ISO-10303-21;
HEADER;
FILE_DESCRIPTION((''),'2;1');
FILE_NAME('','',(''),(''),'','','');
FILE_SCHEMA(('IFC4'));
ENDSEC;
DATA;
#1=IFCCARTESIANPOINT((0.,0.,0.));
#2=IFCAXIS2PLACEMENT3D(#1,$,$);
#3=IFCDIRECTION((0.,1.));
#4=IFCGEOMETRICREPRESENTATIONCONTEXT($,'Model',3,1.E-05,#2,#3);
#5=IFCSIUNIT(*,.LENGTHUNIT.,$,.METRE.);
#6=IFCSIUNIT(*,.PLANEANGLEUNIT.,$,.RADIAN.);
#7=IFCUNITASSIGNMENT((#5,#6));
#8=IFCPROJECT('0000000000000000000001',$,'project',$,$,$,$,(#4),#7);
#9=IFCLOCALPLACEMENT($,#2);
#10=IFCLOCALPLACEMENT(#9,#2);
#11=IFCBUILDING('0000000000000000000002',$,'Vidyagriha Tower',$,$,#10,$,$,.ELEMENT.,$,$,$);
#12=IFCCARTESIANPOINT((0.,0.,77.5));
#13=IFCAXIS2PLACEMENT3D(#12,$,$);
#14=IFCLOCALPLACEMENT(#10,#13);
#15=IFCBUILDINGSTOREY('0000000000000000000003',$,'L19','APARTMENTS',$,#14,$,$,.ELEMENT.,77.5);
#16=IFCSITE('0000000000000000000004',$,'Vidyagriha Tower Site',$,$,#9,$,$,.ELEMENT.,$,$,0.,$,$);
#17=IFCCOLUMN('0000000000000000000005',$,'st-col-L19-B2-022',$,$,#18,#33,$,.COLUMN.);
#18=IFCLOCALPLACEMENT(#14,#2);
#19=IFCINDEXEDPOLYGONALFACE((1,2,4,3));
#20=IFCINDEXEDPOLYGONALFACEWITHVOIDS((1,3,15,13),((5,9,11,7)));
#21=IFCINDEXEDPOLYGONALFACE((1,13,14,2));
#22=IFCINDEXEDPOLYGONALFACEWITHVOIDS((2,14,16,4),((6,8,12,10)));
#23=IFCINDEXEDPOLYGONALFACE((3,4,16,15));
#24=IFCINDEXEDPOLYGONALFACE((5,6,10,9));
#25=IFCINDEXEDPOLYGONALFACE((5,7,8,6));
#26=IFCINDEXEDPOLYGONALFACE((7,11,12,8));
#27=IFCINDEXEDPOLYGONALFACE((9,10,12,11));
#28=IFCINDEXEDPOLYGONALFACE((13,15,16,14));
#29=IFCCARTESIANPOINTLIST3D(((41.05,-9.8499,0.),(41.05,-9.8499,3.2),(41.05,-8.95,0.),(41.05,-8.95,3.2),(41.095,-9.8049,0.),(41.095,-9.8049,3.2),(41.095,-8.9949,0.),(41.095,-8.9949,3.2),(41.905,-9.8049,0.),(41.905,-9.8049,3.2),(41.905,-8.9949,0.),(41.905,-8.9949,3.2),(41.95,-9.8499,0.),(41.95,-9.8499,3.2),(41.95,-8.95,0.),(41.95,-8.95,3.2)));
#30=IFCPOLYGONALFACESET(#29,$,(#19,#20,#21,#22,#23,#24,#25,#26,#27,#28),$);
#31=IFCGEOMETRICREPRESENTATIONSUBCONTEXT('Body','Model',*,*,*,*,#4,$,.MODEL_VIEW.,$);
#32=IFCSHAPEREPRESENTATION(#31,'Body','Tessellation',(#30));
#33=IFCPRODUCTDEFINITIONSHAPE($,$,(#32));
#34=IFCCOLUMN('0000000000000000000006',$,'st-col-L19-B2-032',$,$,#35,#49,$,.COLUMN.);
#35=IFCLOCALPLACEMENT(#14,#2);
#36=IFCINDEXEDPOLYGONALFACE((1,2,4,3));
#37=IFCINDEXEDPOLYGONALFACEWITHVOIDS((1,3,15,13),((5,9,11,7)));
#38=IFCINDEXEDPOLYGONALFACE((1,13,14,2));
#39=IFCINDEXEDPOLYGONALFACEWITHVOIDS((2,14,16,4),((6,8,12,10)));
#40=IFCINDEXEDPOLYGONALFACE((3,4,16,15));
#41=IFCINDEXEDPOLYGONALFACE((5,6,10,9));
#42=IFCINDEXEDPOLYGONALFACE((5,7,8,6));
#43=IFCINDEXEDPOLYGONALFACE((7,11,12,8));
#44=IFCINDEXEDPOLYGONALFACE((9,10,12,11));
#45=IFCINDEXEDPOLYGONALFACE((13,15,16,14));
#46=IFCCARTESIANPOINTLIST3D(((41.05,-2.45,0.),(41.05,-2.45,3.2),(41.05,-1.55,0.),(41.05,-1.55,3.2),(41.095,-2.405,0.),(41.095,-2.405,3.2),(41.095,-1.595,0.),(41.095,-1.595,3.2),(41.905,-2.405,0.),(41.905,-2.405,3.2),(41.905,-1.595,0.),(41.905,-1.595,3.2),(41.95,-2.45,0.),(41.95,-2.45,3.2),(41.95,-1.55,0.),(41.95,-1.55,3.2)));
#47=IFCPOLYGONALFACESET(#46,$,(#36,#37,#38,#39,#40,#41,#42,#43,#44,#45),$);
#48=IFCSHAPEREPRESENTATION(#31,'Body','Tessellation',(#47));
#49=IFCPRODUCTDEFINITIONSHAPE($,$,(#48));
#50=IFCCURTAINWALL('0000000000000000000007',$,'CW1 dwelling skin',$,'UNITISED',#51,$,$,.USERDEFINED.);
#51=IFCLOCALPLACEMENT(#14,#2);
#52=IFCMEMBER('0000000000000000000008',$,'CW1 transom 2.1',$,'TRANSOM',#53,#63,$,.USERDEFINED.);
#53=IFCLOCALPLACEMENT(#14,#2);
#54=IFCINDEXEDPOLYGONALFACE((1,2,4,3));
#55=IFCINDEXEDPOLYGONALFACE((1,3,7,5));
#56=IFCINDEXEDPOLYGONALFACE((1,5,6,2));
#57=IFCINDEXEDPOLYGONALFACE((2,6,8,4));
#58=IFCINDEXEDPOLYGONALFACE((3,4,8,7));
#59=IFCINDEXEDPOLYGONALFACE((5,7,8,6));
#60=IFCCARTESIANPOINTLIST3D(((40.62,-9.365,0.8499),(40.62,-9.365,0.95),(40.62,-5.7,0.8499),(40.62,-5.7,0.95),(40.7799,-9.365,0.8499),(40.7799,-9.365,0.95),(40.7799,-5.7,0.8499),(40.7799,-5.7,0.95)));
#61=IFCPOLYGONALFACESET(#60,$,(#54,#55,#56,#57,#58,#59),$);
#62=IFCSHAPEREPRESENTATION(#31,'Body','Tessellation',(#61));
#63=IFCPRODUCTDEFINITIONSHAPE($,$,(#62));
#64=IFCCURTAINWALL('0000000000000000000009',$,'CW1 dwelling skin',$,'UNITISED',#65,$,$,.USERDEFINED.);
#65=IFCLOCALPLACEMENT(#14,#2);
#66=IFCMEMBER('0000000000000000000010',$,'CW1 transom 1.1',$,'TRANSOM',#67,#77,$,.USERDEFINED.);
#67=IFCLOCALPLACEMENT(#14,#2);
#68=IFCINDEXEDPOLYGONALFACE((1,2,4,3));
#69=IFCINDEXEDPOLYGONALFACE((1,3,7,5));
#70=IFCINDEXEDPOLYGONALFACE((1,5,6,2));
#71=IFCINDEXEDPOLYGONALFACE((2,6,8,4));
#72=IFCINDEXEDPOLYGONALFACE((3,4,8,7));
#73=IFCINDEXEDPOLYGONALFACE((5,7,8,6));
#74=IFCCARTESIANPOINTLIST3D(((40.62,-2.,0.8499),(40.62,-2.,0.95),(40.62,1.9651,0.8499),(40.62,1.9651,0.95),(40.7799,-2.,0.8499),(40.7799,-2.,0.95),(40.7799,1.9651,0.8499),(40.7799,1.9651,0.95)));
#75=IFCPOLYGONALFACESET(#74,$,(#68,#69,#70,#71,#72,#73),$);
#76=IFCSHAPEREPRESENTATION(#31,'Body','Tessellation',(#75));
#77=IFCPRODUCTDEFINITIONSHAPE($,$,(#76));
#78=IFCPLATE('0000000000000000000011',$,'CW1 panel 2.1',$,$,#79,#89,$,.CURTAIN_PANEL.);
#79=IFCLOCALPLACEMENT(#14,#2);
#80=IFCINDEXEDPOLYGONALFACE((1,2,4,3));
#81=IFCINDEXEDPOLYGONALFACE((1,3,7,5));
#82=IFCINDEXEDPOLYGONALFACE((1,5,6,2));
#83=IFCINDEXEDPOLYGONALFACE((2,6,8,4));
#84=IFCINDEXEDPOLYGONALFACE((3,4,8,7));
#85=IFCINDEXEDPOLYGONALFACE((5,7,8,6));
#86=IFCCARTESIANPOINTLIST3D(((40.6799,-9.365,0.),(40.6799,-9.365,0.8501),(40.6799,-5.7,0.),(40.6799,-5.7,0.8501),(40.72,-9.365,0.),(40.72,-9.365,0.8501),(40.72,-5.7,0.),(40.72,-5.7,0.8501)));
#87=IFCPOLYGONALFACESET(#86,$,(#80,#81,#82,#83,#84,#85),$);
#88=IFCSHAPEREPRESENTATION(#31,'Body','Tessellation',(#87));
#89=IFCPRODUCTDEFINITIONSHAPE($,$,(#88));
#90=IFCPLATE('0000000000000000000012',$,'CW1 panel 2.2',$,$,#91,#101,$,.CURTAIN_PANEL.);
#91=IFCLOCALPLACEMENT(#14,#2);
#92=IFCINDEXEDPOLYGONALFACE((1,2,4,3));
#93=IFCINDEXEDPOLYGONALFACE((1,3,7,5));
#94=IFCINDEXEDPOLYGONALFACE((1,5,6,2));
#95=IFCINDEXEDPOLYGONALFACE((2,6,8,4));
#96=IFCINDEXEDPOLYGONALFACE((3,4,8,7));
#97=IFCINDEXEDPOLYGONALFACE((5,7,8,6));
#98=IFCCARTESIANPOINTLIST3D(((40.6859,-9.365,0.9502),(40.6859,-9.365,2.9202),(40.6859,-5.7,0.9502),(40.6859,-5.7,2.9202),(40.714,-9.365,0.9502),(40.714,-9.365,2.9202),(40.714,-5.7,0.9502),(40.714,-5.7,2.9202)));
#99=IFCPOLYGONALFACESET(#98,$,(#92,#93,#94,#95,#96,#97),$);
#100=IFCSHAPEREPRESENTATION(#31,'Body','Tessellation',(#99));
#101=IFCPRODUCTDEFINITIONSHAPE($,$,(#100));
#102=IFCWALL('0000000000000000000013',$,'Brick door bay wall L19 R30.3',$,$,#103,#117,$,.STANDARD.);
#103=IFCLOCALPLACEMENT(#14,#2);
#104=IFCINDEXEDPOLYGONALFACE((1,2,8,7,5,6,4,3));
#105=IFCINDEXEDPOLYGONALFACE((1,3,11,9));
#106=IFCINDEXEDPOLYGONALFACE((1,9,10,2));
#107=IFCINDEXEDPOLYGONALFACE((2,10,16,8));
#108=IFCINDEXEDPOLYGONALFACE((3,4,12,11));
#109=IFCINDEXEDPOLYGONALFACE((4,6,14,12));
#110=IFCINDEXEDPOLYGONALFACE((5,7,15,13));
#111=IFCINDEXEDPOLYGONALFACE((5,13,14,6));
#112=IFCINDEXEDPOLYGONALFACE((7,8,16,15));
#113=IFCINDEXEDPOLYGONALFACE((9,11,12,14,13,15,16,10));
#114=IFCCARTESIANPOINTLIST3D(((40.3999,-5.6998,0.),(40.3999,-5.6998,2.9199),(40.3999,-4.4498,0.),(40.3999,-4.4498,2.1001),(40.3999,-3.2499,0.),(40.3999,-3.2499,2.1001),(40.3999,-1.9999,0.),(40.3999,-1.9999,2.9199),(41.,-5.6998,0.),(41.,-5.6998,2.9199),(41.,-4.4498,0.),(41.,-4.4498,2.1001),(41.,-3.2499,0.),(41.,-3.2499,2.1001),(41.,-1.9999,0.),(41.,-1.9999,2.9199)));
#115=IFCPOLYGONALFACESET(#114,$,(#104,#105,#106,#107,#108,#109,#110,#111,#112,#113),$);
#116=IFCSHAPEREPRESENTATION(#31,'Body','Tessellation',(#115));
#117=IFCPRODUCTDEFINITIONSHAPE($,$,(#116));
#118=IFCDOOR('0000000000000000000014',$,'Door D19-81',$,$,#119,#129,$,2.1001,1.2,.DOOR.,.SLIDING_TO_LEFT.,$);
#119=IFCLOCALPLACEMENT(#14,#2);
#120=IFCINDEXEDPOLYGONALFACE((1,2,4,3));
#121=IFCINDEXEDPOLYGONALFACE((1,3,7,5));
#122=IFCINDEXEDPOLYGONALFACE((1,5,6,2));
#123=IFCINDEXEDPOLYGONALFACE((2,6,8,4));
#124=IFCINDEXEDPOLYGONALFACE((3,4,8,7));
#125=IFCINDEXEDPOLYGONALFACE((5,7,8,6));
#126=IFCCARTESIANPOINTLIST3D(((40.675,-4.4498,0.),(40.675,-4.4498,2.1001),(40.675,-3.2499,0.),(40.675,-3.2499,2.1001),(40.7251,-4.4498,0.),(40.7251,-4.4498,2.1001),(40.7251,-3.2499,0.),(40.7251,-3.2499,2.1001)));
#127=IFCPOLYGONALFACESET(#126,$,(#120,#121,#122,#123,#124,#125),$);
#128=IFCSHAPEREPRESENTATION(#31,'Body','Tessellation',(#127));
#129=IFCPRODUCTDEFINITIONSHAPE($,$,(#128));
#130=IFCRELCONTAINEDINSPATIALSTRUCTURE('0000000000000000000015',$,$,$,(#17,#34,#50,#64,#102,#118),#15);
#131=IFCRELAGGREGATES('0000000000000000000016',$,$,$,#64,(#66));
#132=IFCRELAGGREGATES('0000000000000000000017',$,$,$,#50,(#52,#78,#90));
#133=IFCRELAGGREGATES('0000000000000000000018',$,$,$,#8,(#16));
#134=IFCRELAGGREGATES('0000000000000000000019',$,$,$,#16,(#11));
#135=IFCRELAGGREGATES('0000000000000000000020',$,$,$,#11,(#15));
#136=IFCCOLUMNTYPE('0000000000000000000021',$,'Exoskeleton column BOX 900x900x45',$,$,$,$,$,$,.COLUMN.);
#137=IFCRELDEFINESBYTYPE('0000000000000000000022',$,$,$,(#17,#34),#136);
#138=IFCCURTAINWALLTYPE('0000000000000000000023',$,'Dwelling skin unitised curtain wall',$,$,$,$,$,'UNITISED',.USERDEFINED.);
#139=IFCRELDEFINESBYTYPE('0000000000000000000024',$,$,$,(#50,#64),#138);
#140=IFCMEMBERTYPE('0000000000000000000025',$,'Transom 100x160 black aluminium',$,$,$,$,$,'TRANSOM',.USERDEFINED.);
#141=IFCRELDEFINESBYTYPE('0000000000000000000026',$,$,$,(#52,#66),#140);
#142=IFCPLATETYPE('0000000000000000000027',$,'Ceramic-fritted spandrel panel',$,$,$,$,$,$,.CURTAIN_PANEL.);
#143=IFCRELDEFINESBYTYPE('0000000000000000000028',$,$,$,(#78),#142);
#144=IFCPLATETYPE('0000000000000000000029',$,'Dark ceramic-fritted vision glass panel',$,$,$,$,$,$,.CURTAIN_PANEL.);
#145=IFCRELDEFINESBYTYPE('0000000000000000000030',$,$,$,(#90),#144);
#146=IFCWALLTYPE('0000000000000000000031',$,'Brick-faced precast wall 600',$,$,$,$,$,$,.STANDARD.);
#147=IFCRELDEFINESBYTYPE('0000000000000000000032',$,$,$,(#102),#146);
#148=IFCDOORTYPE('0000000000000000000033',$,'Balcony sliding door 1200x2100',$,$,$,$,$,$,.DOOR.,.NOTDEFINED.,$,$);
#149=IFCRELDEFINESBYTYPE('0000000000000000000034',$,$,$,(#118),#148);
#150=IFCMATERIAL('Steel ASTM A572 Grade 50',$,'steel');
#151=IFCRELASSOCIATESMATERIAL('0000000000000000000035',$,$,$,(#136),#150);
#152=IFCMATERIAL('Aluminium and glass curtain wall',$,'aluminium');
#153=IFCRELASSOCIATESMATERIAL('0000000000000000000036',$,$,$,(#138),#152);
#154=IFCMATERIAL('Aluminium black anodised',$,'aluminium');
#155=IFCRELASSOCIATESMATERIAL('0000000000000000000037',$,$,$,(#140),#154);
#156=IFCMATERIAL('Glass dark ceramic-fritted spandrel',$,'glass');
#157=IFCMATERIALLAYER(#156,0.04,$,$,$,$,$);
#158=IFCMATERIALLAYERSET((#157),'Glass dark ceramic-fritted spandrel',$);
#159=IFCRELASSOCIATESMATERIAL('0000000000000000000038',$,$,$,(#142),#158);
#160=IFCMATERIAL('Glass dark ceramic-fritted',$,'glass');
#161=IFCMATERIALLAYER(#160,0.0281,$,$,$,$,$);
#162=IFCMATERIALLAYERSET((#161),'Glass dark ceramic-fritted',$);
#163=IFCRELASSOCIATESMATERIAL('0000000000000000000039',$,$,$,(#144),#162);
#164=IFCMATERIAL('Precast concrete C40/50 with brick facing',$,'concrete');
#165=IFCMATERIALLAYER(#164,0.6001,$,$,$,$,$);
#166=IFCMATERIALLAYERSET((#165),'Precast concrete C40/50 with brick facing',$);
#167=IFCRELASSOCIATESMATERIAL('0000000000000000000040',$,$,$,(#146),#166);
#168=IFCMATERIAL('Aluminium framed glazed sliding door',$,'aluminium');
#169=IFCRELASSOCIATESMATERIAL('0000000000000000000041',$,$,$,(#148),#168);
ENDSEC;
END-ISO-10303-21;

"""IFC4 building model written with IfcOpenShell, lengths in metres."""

from ifc_helpers import new_model, si_unit, direction, frame, frame_2d, origin, origin_2d, place, context, subcontext, project, spatial, rectangle, hollow_rectangle, extrude, material, layer, layer_set, material_profile, profile_set, type_object, element, fill, aggregate, save


model = new_model("IFC4")

# Units and contexts
model_context = context("Model", 3, precision=1e-05, world=origin(), true_north=direction((0.0, 1.0)))
body_context = subcontext(model_context, "Body", "Model", "MODEL_VIEW")
ifc_project = project(units=[si_unit("LENGTHUNIT", "METRE"), si_unit("PLANEANGLEUNIT", "RADIAN")], contexts=[model_context])

# Site, building, storey
site_placement = place(None, origin())
site = spatial("IfcSite", under=ifc_project, at=site_placement, Name="Vidyagriha Tower Site", CompositionType="ELEMENT", RefElevation=0.0)
building_placement = place(site_placement, origin())
building = spatial("IfcBuilding", under=site, at=building_placement, Name="Vidyagriha Tower", CompositionType="ELEMENT")
storey_placement = place(building_placement, frame((0.0, 0.0, 77.5)))
storey = spatial("IfcBuildingStorey", under=building, at=storey_placement, Name="L19", Description="APARTMENTS", CompositionType="ELEMENT", Elevation=77.5)

# Columns
ifc_material_1 = material(Name="Steel ASTM A572 Grade 50", Category="steel")
ifc_material_profile_1 = material_profile(ifc_material_1, hollow_rectangle(XDim=0.8999, YDim=0.8999, WallThickness=0.0449, at=origin_2d()), Name="BOX 900x900x45")
ifc_profile_set_1 = profile_set([ifc_material_profile_1], Name="Steel ASTM A572 Grade 50")
column_type = type_object("IfcColumnType", Name="Exoskeleton column BOX 900x900x45", PredefinedType="COLUMN", material=ifc_profile_set_1)
for number, where, name in (
    (1, (41.5, -9.3999, 0.0), "st-col-L19-B2-022"),
    (2, (41.5, -2.0, 0.0), "st-col-L19-B2-032"),
):
    element("IfcColumn", number, at=place(storey_placement, frame(where)), inside=storey, type_object=column_type, Name=name, PredefinedType="COLUMN", context=body_context, shape_type="SweptSolid", body=[
        extrude(hollow_rectangle(XDim=0.8999, YDim=0.8999, WallThickness=0.0449, at=origin_2d()), origin(), (0.0, 0.0, 1.0), 3.2),
    ])

# Curtain walls, members
ifc_material_2 = material(Name="Aluminium and glass curtain wall", Category="aluminium")
curtain_wall_type = type_object("IfcCurtainWallType", Name="Dwelling skin unitised curtain wall", ElementType="UNITISED", PredefinedType="USERDEFINED", material=ifc_material_2)
curtain_wall_1_placement = place(storey_placement, origin())
curtain_wall_1 = element("IfcCurtainWall", 3, at=curtain_wall_1_placement, inside=storey, type_object=curtain_wall_type, Name="CW1 dwelling skin", ObjectType="UNITISED", PredefinedType="USERDEFINED")
ifc_material_3 = material(Name="Aluminium black anodised", Category="aluminium")
ifc_material_profile_2 = material_profile(ifc_material_3, rectangle(XDim=0.1599, YDim=0.1001, at=origin_2d()), Name="Transom 100x160 black aluminium")
ifc_profile_set_2 = profile_set([ifc_material_profile_2], Name="Aluminium black anodised")
member_type = type_object("IfcMemberType", Name="Transom 100x160 black aluminium", ElementType="TRANSOM", PredefinedType="USERDEFINED", material=ifc_profile_set_2)
member_1_placement = place(storey_placement, frame((40.7, -9.365, 0.8999), z_axis=(0.0, 1.0, 0.0), x_axis=(-1.0, 0.0, 0.0)))
member_1 = element("IfcMember", 4, at=member_1_placement, type_object=member_type, Name="CW1 transom 2.1", ObjectType="TRANSOM", PredefinedType="USERDEFINED", context=body_context, shape_type="SweptSolid", body=[
    extrude(rectangle(XDim=0.1599, YDim=0.1001, at=origin_2d()), origin(), (0.0, 0.0, 1.0), 3.665),
])
curtain_wall_2_placement = place(storey_placement, origin())
curtain_wall_2 = element("IfcCurtainWall", 5, at=curtain_wall_2_placement, inside=storey, type_object=curtain_wall_type, Name="CW1 dwelling skin", ObjectType="UNITISED", PredefinedType="USERDEFINED")
member_2_placement = place(storey_placement, frame((40.7, -2.0, 0.8999), z_axis=(0.0, 1.0, 0.0), x_axis=(-1.0, 0.0, 0.0)))
member_2 = element("IfcMember", 6, at=member_2_placement, type_object=member_type, Name="CW1 transom 1.1", ObjectType="TRANSOM", PredefinedType="USERDEFINED", context=body_context, shape_type="SweptSolid", body=[
    extrude(rectangle(XDim=0.1599, YDim=0.1001, at=origin_2d()), origin(), (0.0, 0.0, 1.0), 3.9651),
])
aggregate(curtain_wall_2, [member_2])

# Plates
ifc_material_4 = material(Name="Glass dark ceramic-fritted spandrel", Category="glass")
ifc_layer_1 = layer(ifc_material_4, 0.04)
ifc_layer_set_1 = layer_set([ifc_layer_1], Name="Glass dark ceramic-fritted spandrel")
plate_type_1 = type_object("IfcPlateType", Name="Ceramic-fritted spandrel panel", PredefinedType="CURTAIN_PANEL", material=ifc_layer_set_1)
plate_1_placement = place(storey_placement, frame((40.7, -7.5325, 0.0), z_axis=(0.0, 0.0, 1.0), x_axis=(0.0, 1.0, 0.0)))
plate_1 = element("IfcPlate", 7, at=plate_1_placement, type_object=plate_type_1, Name="CW1 panel 2.1", PredefinedType="CURTAIN_PANEL", context=body_context, shape_type="SweptSolid", body=[
    extrude(rectangle(XDim=3.665, YDim=0.04, at=origin_2d()), origin(), (0.0, 0.0, 1.0), 0.8501),
])
ifc_material_5 = material(Name="Glass dark ceramic-fritted", Category="glass")
ifc_layer_2 = layer(ifc_material_5, 0.0281)
ifc_layer_set_2 = layer_set([ifc_layer_2], Name="Glass dark ceramic-fritted")
plate_type_2 = type_object("IfcPlateType", Name="Dark ceramic-fritted vision glass panel", PredefinedType="CURTAIN_PANEL", material=ifc_layer_set_2)
plate_2_placement = place(storey_placement, frame((40.7, -7.5325, 0.9502), z_axis=(0.0, 0.0, 1.0), x_axis=(0.0, 1.0, 0.0)))
plate_2 = element("IfcPlate", 8, at=plate_2_placement, type_object=plate_type_2, Name="CW1 panel 2.2", PredefinedType="CURTAIN_PANEL", context=body_context, shape_type="SweptSolid", body=[
    extrude(rectangle(XDim=3.665, YDim=0.0281, at=origin_2d()), origin(), (0.0, 0.0, 1.0), 1.97),
])
aggregate(curtain_wall_1, [member_1, plate_1, plate_2])

# Wall, opening, door
ifc_material_6 = material(Name="Precast concrete C40/50 with brick facing", Category="concrete")
ifc_layer_3 = layer(ifc_material_6, 0.6001)
ifc_layer_set_3 = layer_set([ifc_layer_3], Name="Precast concrete C40/50 with brick facing")
wall_type = type_object("IfcWallType", Name="Brick-faced precast wall 600", PredefinedType="STANDARD", material=ifc_layer_set_3)
wall_placement = place(storey_placement, frame((40.7, -5.7, 0.0), z_axis=(0.0, 0.0, 1.0), x_axis=(0.0, 1.0, 0.0)))
wall = element("IfcWall", 9, at=wall_placement, inside=storey, type_object=wall_type, Name="Brick door bay wall L19 R30.3", PredefinedType="STANDARD", context=body_context, shape_type="SweptSolid", body=[
    extrude(rectangle(XDim=3.7, YDim=0.6001, at=frame_2d((1.8501, 0.0))), origin(), (0.0, 0.0, 1.0), 2.9199),
])
opening_placement = place(wall_placement, frame((1.25, 0.0, 0.0)))
opening = element("IfcOpeningElement", 10, at=opening_placement, cuts=wall, PredefinedType="OPENING", context=body_context, shape_type="SweptSolid", body=[
    extrude(rectangle(XDim=1.2, YDim=2.1001, at=frame_2d((0.6001, 1.05))), frame((0.0, 0.3101, 0.0), z_axis=(0.0, -1.0, 0.0), x_axis=(1.0, 0.0, 0.0)), (0.0, 0.0, 1.0), 0.6201),
])
ifc_material_7 = material(Name="Aluminium framed glazed sliding door", Category="aluminium")
door_type = type_object("IfcDoorType", Name="Balcony sliding door 1200x2100", OperationType="NOTDEFINED", PredefinedType="DOOR", material=ifc_material_7)
door_placement = place(opening_placement, origin())
door = element("IfcDoor", 11, at=door_placement, inside=storey, type_object=door_type, Name="Door D19-81", OperationType="SLIDING_TO_LEFT", OverallHeight=2.1001, OverallWidth=1.2, PredefinedType="DOOR", context=body_context, shape_type="SweptSolid", body=[
    extrude(rectangle(XDim=1.2, YDim=2.1001, at=frame_2d((0.6001, 1.05))), frame((0.0, 0.0249, 0.0), z_axis=(0.0, -1.0, 0.0), x_axis=(1.0, 0.0, 0.0)), (0.0, 0.0, 1.0), 0.05),
])
fill(opening, door)

save(model, "model.ifc")
